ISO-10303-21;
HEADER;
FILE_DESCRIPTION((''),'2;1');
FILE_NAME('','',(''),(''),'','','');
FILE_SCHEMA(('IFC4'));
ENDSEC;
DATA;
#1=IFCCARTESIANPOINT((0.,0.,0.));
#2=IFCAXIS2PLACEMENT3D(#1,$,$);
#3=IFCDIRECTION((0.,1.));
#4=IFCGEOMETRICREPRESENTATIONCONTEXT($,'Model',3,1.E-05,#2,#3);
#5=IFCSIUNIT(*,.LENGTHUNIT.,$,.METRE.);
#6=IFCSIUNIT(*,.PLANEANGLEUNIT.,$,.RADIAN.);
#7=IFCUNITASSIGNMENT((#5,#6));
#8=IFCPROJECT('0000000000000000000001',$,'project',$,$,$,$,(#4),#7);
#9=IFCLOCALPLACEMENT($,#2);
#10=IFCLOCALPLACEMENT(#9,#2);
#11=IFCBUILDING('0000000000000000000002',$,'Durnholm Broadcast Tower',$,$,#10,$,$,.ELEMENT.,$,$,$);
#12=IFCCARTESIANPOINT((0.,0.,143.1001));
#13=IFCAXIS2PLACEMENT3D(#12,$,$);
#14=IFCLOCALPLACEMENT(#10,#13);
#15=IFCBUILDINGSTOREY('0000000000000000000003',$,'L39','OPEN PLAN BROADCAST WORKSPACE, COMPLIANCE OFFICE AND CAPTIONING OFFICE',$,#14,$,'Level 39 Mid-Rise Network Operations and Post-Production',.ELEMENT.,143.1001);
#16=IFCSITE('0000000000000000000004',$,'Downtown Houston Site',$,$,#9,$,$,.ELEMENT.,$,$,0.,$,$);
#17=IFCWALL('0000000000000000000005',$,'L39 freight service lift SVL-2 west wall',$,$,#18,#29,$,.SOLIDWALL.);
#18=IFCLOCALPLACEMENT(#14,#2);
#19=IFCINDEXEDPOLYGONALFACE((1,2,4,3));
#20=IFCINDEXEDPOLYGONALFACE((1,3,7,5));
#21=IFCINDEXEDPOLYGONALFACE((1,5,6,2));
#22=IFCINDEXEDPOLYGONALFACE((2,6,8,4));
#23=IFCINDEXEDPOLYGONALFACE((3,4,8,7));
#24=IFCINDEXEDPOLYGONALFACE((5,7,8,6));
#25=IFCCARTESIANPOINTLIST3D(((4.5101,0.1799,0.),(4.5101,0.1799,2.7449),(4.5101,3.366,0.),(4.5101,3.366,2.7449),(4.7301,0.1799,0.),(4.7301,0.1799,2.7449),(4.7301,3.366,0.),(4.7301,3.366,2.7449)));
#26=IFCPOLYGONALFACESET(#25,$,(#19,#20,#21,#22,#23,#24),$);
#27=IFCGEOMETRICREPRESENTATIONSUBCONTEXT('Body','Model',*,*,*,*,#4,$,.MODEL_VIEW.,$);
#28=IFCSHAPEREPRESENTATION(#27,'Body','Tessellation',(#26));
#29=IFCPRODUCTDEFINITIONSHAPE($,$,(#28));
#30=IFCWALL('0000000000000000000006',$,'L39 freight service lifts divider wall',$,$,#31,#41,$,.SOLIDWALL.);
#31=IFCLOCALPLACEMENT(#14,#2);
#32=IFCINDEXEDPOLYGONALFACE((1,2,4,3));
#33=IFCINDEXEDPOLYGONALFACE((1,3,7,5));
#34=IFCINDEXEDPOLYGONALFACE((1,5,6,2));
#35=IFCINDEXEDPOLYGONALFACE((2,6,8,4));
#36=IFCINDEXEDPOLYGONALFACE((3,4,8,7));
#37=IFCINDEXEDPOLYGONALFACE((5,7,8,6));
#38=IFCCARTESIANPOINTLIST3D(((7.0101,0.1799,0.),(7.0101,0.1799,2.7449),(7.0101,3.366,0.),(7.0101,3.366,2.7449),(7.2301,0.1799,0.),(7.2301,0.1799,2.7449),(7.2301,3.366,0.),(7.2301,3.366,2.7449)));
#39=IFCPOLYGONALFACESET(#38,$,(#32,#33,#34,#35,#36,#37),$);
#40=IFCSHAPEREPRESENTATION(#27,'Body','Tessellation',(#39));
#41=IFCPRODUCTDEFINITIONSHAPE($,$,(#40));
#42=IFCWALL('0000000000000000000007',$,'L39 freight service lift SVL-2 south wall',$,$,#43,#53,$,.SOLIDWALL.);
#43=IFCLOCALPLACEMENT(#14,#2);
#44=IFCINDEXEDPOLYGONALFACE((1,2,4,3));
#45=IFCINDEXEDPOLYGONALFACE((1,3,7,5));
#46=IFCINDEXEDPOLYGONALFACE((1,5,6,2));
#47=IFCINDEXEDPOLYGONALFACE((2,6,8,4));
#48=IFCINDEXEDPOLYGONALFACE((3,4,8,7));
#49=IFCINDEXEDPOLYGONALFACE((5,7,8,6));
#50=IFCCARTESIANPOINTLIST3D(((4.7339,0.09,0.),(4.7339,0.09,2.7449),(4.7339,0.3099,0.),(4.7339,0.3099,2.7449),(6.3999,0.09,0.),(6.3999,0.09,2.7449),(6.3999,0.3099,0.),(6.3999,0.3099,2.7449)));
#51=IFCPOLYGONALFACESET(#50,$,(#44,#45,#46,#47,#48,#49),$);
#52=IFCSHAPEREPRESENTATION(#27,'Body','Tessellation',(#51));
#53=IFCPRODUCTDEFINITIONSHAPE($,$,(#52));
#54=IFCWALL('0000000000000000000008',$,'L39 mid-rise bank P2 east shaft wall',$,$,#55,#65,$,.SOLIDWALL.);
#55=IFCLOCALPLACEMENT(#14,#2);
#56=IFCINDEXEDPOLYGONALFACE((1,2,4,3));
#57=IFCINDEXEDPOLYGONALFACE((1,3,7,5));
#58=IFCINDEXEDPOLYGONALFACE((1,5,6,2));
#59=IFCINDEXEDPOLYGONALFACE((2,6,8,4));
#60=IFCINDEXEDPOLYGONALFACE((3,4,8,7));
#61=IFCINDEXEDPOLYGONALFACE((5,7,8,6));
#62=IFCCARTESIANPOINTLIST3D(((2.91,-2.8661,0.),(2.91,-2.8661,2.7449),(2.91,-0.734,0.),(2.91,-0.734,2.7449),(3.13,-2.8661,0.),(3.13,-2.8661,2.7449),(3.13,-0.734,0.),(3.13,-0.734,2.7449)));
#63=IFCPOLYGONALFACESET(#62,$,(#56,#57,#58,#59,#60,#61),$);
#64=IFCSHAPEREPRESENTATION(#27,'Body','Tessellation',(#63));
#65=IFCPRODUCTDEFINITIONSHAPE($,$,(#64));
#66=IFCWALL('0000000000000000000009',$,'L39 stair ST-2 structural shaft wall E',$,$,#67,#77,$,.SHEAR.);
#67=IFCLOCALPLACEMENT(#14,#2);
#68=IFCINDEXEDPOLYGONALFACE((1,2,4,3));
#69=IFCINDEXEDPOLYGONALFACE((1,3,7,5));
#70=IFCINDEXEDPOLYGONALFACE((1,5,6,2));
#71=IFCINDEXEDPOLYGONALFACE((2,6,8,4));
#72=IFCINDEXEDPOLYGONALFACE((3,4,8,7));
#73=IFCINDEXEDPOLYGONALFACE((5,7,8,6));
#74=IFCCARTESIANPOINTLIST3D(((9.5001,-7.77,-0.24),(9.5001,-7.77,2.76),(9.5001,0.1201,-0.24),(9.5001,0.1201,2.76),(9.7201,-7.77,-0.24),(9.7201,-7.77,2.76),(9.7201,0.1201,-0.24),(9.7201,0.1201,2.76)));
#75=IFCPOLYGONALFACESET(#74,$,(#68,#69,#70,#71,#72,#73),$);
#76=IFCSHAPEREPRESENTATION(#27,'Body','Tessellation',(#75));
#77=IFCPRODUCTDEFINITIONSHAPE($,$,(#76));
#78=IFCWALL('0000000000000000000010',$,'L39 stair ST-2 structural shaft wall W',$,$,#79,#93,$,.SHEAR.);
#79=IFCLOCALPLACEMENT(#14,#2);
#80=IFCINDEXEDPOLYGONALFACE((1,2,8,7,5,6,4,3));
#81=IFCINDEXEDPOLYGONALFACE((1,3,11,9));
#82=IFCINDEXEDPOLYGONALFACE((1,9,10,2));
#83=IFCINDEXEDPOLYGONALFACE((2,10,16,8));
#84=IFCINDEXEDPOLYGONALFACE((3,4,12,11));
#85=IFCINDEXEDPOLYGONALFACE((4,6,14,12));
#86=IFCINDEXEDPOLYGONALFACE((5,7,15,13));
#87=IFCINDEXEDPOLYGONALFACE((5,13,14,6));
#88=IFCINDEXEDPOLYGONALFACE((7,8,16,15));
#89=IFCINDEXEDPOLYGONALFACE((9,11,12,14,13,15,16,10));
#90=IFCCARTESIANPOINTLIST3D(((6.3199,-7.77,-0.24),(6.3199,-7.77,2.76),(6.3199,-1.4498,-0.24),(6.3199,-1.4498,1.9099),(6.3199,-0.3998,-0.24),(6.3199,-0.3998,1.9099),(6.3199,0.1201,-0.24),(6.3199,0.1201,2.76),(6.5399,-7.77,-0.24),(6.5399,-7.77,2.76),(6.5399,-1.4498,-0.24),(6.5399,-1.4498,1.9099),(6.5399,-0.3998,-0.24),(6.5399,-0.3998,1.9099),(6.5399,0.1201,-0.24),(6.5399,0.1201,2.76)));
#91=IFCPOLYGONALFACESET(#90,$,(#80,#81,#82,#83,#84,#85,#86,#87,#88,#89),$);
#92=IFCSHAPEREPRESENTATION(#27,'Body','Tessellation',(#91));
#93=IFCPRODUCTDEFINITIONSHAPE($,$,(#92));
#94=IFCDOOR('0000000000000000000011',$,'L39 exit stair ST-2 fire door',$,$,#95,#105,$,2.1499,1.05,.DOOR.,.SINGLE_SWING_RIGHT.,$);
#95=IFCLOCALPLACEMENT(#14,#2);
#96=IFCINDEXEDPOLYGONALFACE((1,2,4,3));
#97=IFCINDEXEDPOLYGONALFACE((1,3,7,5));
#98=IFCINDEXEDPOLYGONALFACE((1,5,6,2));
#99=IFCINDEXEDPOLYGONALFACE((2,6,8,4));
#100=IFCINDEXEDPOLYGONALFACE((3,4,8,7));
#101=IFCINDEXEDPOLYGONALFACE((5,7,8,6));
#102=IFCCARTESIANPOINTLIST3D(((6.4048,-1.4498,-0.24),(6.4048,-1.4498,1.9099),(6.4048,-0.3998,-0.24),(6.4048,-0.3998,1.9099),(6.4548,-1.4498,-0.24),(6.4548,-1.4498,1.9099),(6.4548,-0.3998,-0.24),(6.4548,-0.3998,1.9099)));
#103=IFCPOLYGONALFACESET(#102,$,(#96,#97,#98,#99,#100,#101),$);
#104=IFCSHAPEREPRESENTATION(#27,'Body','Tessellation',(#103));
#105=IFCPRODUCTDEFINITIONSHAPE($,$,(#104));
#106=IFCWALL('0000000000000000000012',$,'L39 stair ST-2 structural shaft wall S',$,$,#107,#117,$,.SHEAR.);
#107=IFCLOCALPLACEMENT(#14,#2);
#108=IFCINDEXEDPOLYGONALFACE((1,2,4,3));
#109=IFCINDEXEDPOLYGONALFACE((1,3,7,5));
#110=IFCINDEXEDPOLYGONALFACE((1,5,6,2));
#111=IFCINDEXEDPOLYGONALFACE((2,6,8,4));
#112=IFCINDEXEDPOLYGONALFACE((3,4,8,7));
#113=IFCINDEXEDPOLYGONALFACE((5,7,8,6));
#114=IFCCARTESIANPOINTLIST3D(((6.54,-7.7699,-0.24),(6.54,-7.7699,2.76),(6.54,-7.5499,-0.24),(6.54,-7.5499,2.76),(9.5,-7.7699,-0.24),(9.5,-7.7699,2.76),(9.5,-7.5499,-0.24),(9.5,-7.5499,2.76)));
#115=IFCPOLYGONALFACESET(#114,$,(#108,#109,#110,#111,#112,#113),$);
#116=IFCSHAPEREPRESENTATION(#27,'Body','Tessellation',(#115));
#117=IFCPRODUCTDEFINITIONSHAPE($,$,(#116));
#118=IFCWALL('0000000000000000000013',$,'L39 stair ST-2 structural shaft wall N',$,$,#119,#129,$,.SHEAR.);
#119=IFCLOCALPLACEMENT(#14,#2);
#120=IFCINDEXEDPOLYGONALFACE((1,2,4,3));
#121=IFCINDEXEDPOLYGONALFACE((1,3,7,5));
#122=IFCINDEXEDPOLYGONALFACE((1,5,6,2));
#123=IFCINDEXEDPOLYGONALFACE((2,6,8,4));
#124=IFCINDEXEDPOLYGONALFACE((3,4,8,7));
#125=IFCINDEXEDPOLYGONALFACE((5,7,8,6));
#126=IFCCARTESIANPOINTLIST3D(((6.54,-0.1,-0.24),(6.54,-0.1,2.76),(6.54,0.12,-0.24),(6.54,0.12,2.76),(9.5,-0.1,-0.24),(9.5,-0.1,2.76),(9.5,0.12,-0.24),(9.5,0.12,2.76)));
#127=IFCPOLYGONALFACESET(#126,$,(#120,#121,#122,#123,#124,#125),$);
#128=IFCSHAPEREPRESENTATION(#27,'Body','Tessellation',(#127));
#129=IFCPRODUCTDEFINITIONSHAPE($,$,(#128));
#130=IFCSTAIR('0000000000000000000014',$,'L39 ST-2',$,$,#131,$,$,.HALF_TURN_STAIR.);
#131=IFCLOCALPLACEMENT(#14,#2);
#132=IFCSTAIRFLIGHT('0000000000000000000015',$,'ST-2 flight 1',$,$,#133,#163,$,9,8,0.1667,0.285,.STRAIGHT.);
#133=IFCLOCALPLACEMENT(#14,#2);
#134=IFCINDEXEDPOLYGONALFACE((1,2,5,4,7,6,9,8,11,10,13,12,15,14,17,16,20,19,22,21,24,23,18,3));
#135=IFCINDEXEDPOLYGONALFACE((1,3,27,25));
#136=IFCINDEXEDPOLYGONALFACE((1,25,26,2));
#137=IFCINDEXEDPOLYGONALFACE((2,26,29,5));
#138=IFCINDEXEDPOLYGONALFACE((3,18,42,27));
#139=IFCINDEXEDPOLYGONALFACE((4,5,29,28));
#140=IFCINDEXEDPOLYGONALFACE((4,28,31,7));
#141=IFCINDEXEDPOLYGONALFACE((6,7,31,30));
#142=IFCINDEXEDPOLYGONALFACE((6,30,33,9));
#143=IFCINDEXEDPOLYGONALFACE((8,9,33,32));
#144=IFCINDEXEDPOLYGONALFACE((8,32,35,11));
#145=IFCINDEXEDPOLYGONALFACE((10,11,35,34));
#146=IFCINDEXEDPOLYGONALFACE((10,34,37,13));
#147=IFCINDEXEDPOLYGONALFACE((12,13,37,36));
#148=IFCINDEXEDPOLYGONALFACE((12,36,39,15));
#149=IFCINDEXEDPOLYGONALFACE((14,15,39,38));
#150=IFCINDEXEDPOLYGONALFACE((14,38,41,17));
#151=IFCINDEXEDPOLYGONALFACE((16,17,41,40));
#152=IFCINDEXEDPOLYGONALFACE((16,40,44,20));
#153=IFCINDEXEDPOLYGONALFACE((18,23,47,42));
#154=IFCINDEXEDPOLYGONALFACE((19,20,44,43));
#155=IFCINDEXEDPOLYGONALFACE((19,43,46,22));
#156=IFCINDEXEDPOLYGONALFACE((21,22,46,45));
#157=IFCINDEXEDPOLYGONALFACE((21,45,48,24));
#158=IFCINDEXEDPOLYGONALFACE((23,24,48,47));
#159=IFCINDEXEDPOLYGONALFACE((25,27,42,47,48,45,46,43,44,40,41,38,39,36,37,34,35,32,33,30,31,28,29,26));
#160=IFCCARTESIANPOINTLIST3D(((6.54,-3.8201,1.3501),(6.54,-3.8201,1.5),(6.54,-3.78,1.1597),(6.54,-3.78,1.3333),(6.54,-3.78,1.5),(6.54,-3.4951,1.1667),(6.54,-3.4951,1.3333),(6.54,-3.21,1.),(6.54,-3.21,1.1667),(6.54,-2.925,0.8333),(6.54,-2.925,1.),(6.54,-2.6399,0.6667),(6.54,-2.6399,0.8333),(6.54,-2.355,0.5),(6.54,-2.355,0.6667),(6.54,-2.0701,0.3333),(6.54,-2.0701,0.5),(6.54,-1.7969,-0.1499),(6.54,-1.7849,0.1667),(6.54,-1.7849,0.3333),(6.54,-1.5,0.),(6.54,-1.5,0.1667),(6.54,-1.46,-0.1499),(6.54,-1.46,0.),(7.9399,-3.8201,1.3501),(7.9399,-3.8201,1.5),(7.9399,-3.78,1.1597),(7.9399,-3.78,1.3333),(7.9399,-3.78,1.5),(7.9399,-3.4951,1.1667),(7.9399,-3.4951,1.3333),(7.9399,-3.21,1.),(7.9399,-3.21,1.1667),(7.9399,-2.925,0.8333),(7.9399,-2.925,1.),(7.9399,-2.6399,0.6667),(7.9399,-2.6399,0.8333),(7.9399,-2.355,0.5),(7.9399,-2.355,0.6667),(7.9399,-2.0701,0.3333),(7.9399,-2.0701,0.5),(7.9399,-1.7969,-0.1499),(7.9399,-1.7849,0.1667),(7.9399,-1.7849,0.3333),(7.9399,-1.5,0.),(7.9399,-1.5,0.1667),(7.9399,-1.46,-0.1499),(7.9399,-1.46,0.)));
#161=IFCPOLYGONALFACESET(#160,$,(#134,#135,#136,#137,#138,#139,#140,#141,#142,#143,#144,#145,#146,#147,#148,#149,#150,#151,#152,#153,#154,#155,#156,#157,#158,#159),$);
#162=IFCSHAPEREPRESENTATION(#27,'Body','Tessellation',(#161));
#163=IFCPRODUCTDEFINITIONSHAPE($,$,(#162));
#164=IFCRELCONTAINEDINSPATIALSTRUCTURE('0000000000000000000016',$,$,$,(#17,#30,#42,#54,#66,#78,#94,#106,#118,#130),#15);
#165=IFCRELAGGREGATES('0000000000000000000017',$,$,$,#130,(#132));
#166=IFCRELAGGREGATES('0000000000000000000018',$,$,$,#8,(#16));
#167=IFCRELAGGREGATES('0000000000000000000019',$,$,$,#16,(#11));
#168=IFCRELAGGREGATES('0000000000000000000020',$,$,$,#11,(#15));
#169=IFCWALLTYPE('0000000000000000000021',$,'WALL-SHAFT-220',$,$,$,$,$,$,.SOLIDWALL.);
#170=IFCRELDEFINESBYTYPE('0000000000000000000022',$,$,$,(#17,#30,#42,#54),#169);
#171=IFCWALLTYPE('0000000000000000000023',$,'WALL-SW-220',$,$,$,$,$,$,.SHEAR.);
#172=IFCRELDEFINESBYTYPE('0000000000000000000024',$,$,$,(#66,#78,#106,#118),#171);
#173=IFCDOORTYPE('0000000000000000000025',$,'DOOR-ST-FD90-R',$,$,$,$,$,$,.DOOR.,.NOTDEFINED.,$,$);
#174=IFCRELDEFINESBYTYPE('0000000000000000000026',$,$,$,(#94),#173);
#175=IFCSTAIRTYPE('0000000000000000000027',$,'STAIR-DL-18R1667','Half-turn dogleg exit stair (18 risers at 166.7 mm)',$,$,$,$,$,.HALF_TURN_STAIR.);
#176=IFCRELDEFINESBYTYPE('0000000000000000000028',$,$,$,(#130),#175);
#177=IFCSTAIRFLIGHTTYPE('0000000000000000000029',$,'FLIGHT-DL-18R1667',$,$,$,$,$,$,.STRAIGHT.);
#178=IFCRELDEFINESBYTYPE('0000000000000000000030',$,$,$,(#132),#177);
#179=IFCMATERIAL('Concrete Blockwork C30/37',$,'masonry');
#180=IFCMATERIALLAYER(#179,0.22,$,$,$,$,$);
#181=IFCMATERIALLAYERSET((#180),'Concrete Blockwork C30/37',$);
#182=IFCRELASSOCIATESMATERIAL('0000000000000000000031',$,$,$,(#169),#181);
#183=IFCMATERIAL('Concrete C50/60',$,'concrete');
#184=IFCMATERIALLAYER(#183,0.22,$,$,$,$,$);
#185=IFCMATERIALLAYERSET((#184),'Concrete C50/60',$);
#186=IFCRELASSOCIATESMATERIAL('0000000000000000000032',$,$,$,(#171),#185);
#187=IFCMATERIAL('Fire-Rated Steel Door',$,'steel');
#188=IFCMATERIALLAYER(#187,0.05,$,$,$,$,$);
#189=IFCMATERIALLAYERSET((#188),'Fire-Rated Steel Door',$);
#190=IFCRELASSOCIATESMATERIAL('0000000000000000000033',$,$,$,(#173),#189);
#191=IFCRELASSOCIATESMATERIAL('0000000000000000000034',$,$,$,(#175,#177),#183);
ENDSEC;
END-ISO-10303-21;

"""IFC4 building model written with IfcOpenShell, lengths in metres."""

from ifc_helpers import new_model, si_unit, direction, frame, frame_2d, origin, place, context, subcontext, project, spatial, polyline, rectangle, outline, extrude, source, transform, mapped, material, layer, layer_set, type_object, type_shapes, element, fill, aggregate, save


model = new_model("IFC4")

# Units and contexts
model_context = context("Model", 3, precision=1e-05, world=origin(), true_north=direction((0.0, 1.0)))
body_context = subcontext(model_context, "Body", "Model", "MODEL_VIEW")
ifc_project = project(units=[si_unit("LENGTHUNIT", "METRE"), si_unit("PLANEANGLEUNIT", "RADIAN")], contexts=[model_context])

# Site, building, storey
site_placement = place(None, origin())
site = spatial("IfcSite", under=ifc_project, at=site_placement, Name="Downtown Houston Site", CompositionType="ELEMENT", RefElevation=0.0)
building_placement = place(site_placement, origin())
building = spatial("IfcBuilding", under=site, at=building_placement, Name="Durnholm Broadcast Tower", CompositionType="ELEMENT")
storey_placement = place(building_placement, frame((0.0, 0.0, 143.1001)))
storey = spatial("IfcBuildingStorey", under=building, at=storey_placement, Name="L39", Description="OPEN PLAN BROADCAST WORKSPACE, COMPLIANCE OFFICE AND CAPTIONING OFFICE", LongName="Level 39 Mid-Rise Network Operations and Post-Production", CompositionType="ELEMENT", Elevation=143.1001)

# Walls
ifc_material_1 = material(Name="Concrete Blockwork C30/37", Category="masonry")
ifc_layer_1 = layer(ifc_material_1, 0.22)
ifc_layer_set_1 = layer_set([ifc_layer_1], Name="Concrete Blockwork C30/37")
wall_type_1 = type_object("IfcWallType", Name="WALL-SHAFT-220", PredefinedType="SOLIDWALL", material=ifc_layer_set_1)
for number, where, z_axis, x_axis, name in (
    (1, (4.6201, 0.1799, 0.0), (0.0, 0.0, 1.0), (0.0, 1.0, 0.0), "L39 freight service lift SVL-2 west wall"),
    (2, (7.1201, 0.1799, 0.0), (0.0, 0.0, 1.0), (0.0, 1.0, 0.0), "L39 freight service lifts divider wall"),
):
    element("IfcWall", number, at=place(storey_placement, frame(where, z_axis=z_axis, x_axis=x_axis)), inside=storey, type_object=wall_type_1, Name=name, PredefinedType="SOLIDWALL", context=body_context, shape_type="SweptSolid", body=[
        extrude(rectangle(XDim=3.186, YDim=0.22, at=frame_2d((1.593, 0.0))), origin(), (0.0, 0.0, 1.0), 2.7449),
    ])
wall_1_placement = place(storey_placement, frame((4.7339, 0.2, 0.0), z_axis=(0.0, 0.0, 1.0), x_axis=(1.0, 0.0, 0.0)))
element("IfcWall", 3, at=wall_1_placement, inside=storey, type_object=wall_type_1, Name="L39 freight service lift SVL-2 south wall", PredefinedType="SOLIDWALL", context=body_context, shape_type="SweptSolid", body=[
    extrude(rectangle(XDim=1.666, YDim=0.22, at=frame_2d((0.833, 0.0))), origin(), (0.0, 0.0, 1.0), 2.7449),
])
wall_2_placement = place(storey_placement, frame((3.02, -2.866, 0.0), z_axis=(0.0, 0.0, 1.0), x_axis=(0.0, 1.0, 0.0)))
element("IfcWall", 4, at=wall_2_placement, inside=storey, type_object=wall_type_1, Name="L39 mid-rise bank P2 east shaft wall", PredefinedType="SOLIDWALL", context=body_context, shape_type="SweptSolid", body=[
    extrude(rectangle(XDim=2.1321, YDim=0.22, at=frame_2d((1.0659, 0.0))), origin(), (0.0, 0.0, 1.0), 2.7449),
])
ifc_material_2 = material(Name="Concrete C50/60", Category="concrete")
ifc_layer_2 = layer(ifc_material_2, 0.22)
ifc_layer_set_2 = layer_set([ifc_layer_2], Name="Concrete C50/60")
wall_type_2 = type_object("IfcWallType", Name="WALL-SW-220", PredefinedType="SHEAR", material=ifc_layer_set_2)
wall_3_placement = place(storey_placement, frame((9.6101, -7.77, -0.24), z_axis=(0.0, 0.0, 1.0), x_axis=(0.0, 1.0, 0.0)))
element("IfcWall", 5, at=wall_3_placement, inside=storey, type_object=wall_type_2, Name="L39 stair ST-2 structural shaft wall E", PredefinedType="SHEAR", context=body_context, shape_type="SweptSolid", body=[
    extrude(rectangle(XDim=7.8901, YDim=0.22, at=frame_2d((3.9451, 0.0))), origin(), (0.0, 0.0, 1.0), 3.0),
])

# Wall, opening, door
wall_4_placement = place(storey_placement, frame((6.4299, 0.1201, -0.24), z_axis=(0.0, 0.0, 1.0), x_axis=(0.0, -1.0, 0.0)))
wall_4 = element("IfcWall", 6, at=wall_4_placement, inside=storey, type_object=wall_type_2, Name="L39 stair ST-2 structural shaft wall W", PredefinedType="SHEAR", context=body_context, shape_type="SweptSolid", body=[
    extrude(rectangle(XDim=7.8901, YDim=0.22, at=frame_2d((3.9451, 0.0))), origin(), (0.0, 0.0, 1.0), 3.0),
])
opening_1_placement = place(wall_4_placement, frame((0.52, 0.0, 0.0)))
opening_1 = element("IfcOpeningElement", 7, at=opening_1_placement, cuts=wall_4, PredefinedType="OPENING", context=body_context, shape_type="SweptSolid", body=[
    extrude(rectangle(XDim=1.05, YDim=2.1499, at=frame_2d((0.5249, 1.075))), frame((0.0, 0.1201, 0.0), z_axis=(0.0, -1.0, 0.0), x_axis=(1.0, 0.0, 0.0)), (0.0, 0.0, 1.0), 0.24),
])
ifc_material_3 = material(Name="Fire-Rated Steel Door", Category="steel")
ifc_layer_3 = layer(ifc_material_3, 0.05)
ifc_layer_set_3 = layer_set([ifc_layer_3], Name="Fire-Rated Steel Door")
door_type_1 = type_object("IfcDoorType", Name="DOOR-ST-FD90-R", OperationType="NOTDEFINED", PredefinedType="DOOR", material=ifc_layer_set_3)
shared_shape_1 = source(origin(), body_context, "Body", "SweptSolid", [
    extrude(rectangle(XDim=1.05, YDim=2.1499, at=frame_2d((0.5249, 1.075))), frame((0.0, 0.0249, 0.0), z_axis=(0.0, -1.0, 0.0), x_axis=(1.0, 0.0, 0.0)), (0.0, 0.0, 1.0), 0.05),
])
type_shapes(door_type_1, [shared_shape_1])
door_1_placement = place(opening_1_placement, origin())
door_1 = element("IfcDoor", 8, at=door_1_placement, inside=storey, type_object=door_type_1, Name="L39 exit stair ST-2 fire door", OperationType="SINGLE_SWING_RIGHT", OverallHeight=2.1499, OverallWidth=1.05, PredefinedType="DOOR", context=body_context, shape_type="MappedRepresentation", body=[
    mapped(shared_shape_1, transform((0.0, 0.0, 0.0), x_axis=(1.0, 0.0, 0.0), y_axis=(0.0, 1.0, 0.0), z_axis=(0.0, 0.0, 1.0), scale=1.0)),
])
fill(opening_1, door_1)

# Walls
for number, where, z_axis, x_axis, name in (
    (9, (6.54, -7.6599, -0.24), (0.0, 0.0, 1.0), (1.0, 0.0, 0.0), "L39 stair ST-2 structural shaft wall S"),
    (10, (9.5, 0.01, -0.24), (0.0, 0.0, 1.0), (-1.0, 0.0, 0.0), "L39 stair ST-2 structural shaft wall N"),
):
    element("IfcWall", number, at=place(storey_placement, frame(where, z_axis=z_axis, x_axis=x_axis)), inside=storey, type_object=wall_type_2, Name=name, PredefinedType="SHEAR", context=body_context, shape_type="SweptSolid", body=[
        extrude(rectangle(XDim=2.96, YDim=0.22, at=frame_2d((1.48, 0.0))), origin(), (0.0, 0.0, 1.0), 3.0),
    ])

# Stair, stair flight
stair_type = type_object("IfcStairType", Name="STAIR-DL-18R1667", Description="Half-turn dogleg exit stair (18 risers at 166.7 mm)", PredefinedType="HALF_TURN_STAIR", material=ifc_material_2)
stair_placement = place(storey_placement, origin())
stair = element("IfcStair", 11, at=stair_placement, inside=storey, type_object=stair_type, Name="L39 ST-2", PredefinedType="HALF_TURN_STAIR")
stair_flight_type = type_object("IfcStairFlightType", Name="FLIGHT-DL-18R1667", PredefinedType="STRAIGHT", material=ifc_material_2)
stair_flight_1_placement = place(storey_placement, frame((7.24, -1.5, 0.0), z_axis=(0.0, 0.0, 1.0), x_axis=(0.0, -1.0, 0.0)))
stair_flight_1 = element("IfcStairFlight", 12, at=stair_flight_1_placement, type_object=stair_flight_type, Name="ST-2 flight 1", NumberOfRisers=9, NumberOfTreads=8, PredefinedType="STRAIGHT", RiserHeight=0.1667, TreadLength=0.285, context=body_context, shape_type="SweptSolid", body=[
    extrude(outline(polyline([(-0.04, -0.1499), (-0.04, 0.0), (0.0, 0.0), (0.0, 0.1667), (0.2849, 0.1667), (0.2849, 0.3333), (0.5701, 0.3333), (0.5701, 0.5), (0.855, 0.5), (0.855, 0.6667), (1.1399, 0.6667), (1.1399, 0.8333), (1.425, 0.8333), (1.425, 1.0), (1.71, 1.0), (1.71, 1.1667), (1.9951, 1.1667), (1.9951, 1.3333), (2.28, 1.3333), (2.28, 1.5), (2.3201, 1.5), (2.3201, 1.3501), (2.28, 1.1597), (0.2969, -0.1499), (-0.04, -0.1499)])), frame((0.0, 0.7, 0.0), z_axis=(0.0, -1.0, 0.0), x_axis=(1.0, 0.0, 0.0)), (0.0, 0.0, 1.0), 1.3999),
])
aggregate(stair, [stair_flight_1])

save(model, "model.ifc")
